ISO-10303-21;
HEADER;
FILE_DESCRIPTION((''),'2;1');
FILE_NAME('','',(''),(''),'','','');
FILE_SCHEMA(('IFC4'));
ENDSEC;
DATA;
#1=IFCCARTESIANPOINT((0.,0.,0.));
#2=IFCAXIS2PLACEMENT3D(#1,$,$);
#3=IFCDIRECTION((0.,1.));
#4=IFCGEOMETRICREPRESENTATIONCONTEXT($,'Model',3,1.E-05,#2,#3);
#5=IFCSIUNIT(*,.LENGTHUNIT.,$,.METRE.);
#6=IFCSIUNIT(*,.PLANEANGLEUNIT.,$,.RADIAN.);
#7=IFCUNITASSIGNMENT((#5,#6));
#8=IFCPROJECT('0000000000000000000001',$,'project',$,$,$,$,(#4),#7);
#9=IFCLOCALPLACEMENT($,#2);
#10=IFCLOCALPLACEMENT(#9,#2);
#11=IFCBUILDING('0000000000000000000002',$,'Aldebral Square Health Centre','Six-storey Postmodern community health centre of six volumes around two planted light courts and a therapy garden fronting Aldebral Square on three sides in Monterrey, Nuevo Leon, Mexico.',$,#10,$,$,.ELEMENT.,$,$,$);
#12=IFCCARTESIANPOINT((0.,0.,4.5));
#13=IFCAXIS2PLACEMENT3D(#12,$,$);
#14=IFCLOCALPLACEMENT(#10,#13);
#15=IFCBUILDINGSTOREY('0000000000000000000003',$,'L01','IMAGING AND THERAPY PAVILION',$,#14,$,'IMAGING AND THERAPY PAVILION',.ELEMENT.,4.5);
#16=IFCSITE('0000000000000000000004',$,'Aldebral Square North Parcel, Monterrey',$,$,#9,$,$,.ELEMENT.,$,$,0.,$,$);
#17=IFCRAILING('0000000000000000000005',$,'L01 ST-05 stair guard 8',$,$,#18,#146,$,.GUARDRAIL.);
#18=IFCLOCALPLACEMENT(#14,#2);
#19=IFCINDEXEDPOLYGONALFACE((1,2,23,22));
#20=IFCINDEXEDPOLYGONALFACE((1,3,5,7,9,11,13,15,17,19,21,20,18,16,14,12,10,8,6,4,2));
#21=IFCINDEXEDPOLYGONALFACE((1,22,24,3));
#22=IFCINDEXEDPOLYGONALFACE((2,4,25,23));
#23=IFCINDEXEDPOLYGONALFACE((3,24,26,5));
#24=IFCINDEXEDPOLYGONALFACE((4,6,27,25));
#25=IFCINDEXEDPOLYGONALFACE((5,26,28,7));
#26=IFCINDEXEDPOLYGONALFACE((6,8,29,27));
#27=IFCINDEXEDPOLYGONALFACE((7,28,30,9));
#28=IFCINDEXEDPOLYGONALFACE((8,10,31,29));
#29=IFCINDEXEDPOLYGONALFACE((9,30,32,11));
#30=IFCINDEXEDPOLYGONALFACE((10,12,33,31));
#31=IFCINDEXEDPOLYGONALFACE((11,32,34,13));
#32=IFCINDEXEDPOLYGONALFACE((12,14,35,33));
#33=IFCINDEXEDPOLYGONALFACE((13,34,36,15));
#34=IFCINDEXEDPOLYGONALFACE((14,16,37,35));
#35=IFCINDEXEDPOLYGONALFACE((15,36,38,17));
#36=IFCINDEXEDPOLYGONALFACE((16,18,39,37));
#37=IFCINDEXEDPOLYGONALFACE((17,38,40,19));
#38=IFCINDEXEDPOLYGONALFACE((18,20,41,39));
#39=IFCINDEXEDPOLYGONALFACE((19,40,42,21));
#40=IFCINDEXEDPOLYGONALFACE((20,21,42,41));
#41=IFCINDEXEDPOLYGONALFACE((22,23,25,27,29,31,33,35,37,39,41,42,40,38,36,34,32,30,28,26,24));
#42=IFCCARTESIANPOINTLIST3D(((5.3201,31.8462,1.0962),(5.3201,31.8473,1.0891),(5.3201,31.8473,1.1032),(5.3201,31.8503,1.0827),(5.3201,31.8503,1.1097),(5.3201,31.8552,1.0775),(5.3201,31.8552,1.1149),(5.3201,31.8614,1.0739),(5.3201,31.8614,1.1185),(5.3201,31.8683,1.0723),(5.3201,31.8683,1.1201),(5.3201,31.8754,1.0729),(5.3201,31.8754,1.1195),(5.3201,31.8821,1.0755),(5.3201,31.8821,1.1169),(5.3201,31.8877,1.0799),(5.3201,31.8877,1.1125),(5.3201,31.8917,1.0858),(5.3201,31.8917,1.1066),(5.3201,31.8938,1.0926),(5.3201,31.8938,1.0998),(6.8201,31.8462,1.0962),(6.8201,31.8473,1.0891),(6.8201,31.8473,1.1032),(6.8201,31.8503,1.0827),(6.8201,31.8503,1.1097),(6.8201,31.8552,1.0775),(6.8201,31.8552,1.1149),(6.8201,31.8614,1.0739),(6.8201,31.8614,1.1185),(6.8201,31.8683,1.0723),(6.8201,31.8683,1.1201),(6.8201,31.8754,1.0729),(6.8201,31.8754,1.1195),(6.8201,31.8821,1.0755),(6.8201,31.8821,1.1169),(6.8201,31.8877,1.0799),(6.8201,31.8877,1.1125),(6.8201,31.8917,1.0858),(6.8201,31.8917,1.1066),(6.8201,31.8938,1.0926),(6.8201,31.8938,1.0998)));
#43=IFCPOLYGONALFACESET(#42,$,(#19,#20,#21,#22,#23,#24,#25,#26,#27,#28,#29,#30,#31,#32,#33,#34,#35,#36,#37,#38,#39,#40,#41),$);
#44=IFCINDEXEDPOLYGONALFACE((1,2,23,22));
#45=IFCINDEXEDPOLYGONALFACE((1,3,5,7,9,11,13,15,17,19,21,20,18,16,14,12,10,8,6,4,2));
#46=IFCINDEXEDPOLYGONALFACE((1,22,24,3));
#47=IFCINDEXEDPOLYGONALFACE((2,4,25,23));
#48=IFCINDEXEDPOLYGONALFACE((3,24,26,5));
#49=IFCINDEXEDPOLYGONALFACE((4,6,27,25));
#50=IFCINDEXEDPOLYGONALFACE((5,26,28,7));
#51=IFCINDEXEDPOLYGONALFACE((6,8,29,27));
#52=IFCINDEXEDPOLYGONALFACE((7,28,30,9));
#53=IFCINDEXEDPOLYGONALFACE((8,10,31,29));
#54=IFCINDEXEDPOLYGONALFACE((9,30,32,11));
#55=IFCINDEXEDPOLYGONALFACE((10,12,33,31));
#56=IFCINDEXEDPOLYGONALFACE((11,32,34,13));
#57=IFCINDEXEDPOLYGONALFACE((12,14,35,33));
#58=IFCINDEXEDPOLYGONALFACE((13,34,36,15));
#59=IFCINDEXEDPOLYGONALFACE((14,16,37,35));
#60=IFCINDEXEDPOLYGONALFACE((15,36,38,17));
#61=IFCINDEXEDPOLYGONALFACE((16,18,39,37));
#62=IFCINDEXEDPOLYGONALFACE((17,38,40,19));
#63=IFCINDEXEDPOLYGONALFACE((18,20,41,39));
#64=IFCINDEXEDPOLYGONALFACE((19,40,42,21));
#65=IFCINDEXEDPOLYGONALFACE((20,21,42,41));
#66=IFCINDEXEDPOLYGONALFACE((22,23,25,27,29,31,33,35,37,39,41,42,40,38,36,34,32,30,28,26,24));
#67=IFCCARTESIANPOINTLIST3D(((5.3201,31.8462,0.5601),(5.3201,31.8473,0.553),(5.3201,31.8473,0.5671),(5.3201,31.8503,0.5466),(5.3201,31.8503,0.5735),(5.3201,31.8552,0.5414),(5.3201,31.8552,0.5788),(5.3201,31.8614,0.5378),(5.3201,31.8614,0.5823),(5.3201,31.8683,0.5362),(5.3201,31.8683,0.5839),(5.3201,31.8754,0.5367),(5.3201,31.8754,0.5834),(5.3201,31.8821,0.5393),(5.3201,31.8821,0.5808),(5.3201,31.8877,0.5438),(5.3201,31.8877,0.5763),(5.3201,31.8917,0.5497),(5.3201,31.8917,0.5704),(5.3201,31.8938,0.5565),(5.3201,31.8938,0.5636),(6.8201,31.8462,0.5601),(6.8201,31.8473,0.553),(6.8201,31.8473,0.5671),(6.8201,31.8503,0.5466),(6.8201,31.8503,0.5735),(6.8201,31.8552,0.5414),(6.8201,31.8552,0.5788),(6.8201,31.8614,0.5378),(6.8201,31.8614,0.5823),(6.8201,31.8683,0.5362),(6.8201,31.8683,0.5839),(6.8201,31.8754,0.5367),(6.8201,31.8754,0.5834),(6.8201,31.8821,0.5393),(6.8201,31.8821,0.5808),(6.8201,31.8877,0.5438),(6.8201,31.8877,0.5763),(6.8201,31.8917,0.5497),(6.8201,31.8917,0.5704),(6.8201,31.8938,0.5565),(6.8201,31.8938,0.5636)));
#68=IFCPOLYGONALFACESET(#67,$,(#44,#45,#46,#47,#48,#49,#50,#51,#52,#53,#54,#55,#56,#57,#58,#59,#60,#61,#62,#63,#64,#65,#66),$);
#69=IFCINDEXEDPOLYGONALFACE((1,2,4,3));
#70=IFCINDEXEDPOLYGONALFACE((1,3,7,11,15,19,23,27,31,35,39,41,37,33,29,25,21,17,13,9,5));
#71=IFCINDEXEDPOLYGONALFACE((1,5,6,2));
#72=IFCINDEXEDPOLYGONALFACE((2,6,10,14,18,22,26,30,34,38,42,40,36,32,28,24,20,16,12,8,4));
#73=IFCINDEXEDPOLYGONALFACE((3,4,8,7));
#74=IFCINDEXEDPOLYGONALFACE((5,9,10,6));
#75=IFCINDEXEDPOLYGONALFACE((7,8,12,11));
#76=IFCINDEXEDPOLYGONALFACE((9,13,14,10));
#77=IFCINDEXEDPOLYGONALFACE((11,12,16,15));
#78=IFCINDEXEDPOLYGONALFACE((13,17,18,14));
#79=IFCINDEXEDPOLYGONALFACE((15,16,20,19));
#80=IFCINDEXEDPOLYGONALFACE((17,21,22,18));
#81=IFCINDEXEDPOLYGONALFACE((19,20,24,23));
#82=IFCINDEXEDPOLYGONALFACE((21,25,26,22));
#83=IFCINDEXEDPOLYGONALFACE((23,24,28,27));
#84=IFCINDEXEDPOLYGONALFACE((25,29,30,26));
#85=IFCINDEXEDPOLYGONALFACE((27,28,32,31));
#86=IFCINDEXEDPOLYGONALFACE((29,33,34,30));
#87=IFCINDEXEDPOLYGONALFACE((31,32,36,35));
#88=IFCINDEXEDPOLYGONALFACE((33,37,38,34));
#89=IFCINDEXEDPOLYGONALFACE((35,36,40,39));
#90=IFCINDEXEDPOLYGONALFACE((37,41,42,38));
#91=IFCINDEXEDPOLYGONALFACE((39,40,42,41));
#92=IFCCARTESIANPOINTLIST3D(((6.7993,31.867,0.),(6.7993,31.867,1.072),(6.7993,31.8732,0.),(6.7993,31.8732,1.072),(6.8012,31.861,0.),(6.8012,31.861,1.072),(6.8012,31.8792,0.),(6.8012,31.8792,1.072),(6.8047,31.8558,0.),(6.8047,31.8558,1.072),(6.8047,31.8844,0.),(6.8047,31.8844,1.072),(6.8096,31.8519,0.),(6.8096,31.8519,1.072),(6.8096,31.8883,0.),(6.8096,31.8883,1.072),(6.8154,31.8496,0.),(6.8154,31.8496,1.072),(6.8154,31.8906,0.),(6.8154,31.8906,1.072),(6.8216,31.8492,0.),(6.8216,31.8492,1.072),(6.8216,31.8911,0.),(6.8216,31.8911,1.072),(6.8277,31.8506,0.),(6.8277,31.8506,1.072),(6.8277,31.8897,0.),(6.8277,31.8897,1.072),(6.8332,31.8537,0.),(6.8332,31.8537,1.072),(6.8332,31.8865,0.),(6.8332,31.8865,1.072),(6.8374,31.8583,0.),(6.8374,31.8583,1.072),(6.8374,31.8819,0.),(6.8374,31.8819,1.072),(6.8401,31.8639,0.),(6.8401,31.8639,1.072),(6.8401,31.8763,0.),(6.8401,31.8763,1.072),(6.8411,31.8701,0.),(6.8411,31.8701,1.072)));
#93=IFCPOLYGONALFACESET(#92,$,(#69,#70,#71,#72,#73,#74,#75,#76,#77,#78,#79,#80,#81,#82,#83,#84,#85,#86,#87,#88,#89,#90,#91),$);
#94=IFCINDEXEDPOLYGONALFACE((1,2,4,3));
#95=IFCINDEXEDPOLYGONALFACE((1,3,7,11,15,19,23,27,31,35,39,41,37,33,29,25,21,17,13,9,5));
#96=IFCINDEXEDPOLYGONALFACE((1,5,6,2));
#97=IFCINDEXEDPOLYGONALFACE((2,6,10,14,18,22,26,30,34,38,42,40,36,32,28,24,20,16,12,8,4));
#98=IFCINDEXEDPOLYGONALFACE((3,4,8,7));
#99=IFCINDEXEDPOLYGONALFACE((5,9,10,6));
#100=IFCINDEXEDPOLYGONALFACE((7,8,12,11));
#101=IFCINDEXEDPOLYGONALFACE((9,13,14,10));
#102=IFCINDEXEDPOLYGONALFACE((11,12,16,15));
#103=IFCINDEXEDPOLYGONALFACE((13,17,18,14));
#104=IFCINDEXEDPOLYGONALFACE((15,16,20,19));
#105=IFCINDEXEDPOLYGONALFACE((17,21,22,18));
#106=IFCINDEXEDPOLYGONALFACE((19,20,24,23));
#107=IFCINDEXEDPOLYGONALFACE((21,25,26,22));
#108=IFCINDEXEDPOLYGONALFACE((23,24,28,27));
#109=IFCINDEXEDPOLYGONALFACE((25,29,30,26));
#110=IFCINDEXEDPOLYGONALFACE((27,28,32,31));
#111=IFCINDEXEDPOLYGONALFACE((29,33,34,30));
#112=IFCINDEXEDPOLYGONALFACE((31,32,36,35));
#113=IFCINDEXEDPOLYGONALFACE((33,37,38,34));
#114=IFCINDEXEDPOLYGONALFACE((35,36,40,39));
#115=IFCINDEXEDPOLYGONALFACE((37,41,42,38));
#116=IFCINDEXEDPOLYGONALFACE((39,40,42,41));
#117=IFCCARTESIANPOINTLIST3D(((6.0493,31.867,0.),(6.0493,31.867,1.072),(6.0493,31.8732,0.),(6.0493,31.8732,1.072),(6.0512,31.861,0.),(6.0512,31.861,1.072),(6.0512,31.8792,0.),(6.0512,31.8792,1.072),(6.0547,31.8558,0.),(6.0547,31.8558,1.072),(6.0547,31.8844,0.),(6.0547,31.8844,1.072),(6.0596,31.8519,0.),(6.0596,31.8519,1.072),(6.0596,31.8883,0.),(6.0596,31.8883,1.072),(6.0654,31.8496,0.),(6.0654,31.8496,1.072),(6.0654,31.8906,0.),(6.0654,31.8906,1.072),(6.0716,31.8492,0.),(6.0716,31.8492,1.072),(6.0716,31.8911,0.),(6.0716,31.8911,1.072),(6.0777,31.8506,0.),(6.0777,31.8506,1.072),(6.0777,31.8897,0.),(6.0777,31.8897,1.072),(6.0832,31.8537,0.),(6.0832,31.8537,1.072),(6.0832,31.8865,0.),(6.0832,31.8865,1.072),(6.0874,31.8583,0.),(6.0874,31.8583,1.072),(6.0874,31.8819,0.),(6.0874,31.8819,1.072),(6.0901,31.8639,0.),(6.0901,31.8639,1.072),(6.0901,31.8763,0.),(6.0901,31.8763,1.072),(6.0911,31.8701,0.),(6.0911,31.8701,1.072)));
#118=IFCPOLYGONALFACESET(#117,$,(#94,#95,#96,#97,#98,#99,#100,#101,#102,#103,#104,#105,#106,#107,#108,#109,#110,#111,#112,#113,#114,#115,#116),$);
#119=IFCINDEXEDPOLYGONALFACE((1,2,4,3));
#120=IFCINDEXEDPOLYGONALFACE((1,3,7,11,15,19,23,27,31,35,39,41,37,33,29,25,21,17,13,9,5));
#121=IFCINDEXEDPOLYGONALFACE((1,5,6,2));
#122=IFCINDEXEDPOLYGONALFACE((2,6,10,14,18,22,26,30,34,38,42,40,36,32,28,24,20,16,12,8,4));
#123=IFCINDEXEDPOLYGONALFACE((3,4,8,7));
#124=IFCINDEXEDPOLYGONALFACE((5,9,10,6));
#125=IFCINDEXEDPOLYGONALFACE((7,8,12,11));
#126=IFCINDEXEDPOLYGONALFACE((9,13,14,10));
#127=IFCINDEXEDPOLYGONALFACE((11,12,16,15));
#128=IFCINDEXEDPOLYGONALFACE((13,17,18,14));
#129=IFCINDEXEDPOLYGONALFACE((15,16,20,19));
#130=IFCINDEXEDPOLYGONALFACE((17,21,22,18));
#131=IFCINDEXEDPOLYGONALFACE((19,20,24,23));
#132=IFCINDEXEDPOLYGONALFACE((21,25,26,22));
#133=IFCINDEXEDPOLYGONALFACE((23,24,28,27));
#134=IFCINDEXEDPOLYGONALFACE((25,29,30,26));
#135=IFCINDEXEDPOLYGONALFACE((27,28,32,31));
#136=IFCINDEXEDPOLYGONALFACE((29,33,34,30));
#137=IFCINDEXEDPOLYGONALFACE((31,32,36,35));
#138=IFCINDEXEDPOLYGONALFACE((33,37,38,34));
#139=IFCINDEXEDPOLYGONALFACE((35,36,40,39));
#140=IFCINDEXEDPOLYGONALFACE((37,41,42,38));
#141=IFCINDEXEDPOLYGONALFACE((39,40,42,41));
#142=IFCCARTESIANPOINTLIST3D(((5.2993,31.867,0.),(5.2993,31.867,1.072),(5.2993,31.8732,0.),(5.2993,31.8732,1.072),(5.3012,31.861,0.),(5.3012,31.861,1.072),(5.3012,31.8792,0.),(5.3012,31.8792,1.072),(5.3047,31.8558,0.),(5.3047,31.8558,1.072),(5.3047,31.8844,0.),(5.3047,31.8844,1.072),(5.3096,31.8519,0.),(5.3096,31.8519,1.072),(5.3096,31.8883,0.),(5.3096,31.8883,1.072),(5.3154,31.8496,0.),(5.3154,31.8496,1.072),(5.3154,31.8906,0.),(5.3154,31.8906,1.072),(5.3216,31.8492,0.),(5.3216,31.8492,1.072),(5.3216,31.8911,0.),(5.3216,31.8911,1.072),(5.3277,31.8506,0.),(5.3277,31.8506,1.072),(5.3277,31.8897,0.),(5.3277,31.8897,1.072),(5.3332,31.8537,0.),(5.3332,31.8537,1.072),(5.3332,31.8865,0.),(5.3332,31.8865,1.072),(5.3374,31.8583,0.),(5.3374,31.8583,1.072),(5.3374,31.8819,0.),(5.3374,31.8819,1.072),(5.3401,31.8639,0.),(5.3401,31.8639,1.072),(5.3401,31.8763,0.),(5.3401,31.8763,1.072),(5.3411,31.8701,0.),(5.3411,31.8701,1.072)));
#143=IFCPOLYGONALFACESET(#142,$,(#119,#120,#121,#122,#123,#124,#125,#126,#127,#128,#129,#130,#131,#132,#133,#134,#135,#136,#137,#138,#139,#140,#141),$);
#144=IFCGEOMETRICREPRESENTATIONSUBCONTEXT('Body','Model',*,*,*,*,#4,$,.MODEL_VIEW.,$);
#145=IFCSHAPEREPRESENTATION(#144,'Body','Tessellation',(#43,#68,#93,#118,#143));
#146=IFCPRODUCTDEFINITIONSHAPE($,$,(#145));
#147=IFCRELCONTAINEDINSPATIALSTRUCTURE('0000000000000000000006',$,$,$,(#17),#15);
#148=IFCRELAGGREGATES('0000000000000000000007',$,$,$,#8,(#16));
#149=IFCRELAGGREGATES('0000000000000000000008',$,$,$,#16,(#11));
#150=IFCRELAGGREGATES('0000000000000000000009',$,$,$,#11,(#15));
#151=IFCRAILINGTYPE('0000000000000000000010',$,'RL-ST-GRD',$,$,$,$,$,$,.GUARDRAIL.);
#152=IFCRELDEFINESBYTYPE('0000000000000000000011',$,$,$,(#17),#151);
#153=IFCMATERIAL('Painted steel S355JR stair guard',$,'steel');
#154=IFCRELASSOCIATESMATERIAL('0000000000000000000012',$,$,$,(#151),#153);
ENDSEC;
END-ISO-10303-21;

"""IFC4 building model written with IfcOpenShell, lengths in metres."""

from ifc_helpers import new_model, si_unit, direction, frame, origin, origin_2d, place, context, subcontext, project, spatial, circle, extrude, material, type_object, element, save


model = new_model("IFC4")

# Units and contexts
model_context = context("Model", 3, precision=1e-05, world=origin(), true_north=direction((0.0, 1.0)))
body_context = subcontext(model_context, "Body", "Model", "MODEL_VIEW")
ifc_project = project(units=[si_unit("LENGTHUNIT", "METRE"), si_unit("PLANEANGLEUNIT", "RADIAN")], contexts=[model_context])

# Site, building, storey
site_placement = place(None, origin())
site = spatial("IfcSite", under=ifc_project, at=site_placement, Name="Aldebral Square North Parcel, Monterrey", CompositionType="ELEMENT", RefElevation=0.0)
building_placement = place(site_placement, origin())
building = spatial("IfcBuilding", under=site, at=building_placement, Name="Aldebral Square Health Centre", Description="Six-storey Postmodern community health centre of six volumes around two planted light courts and a therapy garden fronting Aldebral Square on three sides in Monterrey, Nuevo Leon, Mexico.", CompositionType="ELEMENT")
storey_placement = place(building_placement, frame((0.0, 0.0, 4.5)))
storey = spatial("IfcBuildingStorey", under=building, at=storey_placement, Name="L01", Description="IMAGING AND THERAPY PAVILION", LongName="IMAGING AND THERAPY PAVILION", CompositionType="ELEMENT", Elevation=4.5)

# Railing
ifc_material_1 = material(Name="Painted steel S355JR stair guard", Category="steel")
railing_type_1 = type_object("IfcRailingType", Name="RL-ST-GRD", PredefinedType="GUARDRAIL", material=ifc_material_1)
for number, where, name in (
    (1, (6.8201, 31.8701, 0.0), "L01 ST-05 stair guard 8"),
):
    element("IfcRailing", number, at=place(storey_placement, frame(where)), inside=storey, type_object=railing_type_1, Name=name, PredefinedType="GUARDRAIL", context=body_context, shape_type="SweptSolid", body=[
        extrude(circle(Radius=0.0239, at=origin_2d()), frame((0.0, 0.0, 1.0962), z_axis=(-1.0, 0.0, 0.0), x_axis=(0.0, -1.0, 0.0)), (0.0, 0.0, 1.0), 1.5),
        extrude(circle(Radius=0.0239, at=origin_2d()), frame((0.0, 0.0, 0.5601), z_axis=(-1.0, 0.0, 0.0), x_axis=(0.0, -1.0, 0.0)), (0.0, 0.0, 1.0), 1.5),
        extrude(circle(Radius=0.021, at=origin_2d()), origin(), (0.0, 0.0, 1.0), 1.072),
        extrude(circle(Radius=0.021, at=origin_2d()), frame((-0.75, 0.0, 0.0)), (0.0, 0.0, 1.0), 1.072),
        extrude(circle(Radius=0.021, at=origin_2d()), frame((-1.5, 0.0, 0.0)), (0.0, 0.0, 1.0), 1.072),
    ])

save(model, "model.ifc")
